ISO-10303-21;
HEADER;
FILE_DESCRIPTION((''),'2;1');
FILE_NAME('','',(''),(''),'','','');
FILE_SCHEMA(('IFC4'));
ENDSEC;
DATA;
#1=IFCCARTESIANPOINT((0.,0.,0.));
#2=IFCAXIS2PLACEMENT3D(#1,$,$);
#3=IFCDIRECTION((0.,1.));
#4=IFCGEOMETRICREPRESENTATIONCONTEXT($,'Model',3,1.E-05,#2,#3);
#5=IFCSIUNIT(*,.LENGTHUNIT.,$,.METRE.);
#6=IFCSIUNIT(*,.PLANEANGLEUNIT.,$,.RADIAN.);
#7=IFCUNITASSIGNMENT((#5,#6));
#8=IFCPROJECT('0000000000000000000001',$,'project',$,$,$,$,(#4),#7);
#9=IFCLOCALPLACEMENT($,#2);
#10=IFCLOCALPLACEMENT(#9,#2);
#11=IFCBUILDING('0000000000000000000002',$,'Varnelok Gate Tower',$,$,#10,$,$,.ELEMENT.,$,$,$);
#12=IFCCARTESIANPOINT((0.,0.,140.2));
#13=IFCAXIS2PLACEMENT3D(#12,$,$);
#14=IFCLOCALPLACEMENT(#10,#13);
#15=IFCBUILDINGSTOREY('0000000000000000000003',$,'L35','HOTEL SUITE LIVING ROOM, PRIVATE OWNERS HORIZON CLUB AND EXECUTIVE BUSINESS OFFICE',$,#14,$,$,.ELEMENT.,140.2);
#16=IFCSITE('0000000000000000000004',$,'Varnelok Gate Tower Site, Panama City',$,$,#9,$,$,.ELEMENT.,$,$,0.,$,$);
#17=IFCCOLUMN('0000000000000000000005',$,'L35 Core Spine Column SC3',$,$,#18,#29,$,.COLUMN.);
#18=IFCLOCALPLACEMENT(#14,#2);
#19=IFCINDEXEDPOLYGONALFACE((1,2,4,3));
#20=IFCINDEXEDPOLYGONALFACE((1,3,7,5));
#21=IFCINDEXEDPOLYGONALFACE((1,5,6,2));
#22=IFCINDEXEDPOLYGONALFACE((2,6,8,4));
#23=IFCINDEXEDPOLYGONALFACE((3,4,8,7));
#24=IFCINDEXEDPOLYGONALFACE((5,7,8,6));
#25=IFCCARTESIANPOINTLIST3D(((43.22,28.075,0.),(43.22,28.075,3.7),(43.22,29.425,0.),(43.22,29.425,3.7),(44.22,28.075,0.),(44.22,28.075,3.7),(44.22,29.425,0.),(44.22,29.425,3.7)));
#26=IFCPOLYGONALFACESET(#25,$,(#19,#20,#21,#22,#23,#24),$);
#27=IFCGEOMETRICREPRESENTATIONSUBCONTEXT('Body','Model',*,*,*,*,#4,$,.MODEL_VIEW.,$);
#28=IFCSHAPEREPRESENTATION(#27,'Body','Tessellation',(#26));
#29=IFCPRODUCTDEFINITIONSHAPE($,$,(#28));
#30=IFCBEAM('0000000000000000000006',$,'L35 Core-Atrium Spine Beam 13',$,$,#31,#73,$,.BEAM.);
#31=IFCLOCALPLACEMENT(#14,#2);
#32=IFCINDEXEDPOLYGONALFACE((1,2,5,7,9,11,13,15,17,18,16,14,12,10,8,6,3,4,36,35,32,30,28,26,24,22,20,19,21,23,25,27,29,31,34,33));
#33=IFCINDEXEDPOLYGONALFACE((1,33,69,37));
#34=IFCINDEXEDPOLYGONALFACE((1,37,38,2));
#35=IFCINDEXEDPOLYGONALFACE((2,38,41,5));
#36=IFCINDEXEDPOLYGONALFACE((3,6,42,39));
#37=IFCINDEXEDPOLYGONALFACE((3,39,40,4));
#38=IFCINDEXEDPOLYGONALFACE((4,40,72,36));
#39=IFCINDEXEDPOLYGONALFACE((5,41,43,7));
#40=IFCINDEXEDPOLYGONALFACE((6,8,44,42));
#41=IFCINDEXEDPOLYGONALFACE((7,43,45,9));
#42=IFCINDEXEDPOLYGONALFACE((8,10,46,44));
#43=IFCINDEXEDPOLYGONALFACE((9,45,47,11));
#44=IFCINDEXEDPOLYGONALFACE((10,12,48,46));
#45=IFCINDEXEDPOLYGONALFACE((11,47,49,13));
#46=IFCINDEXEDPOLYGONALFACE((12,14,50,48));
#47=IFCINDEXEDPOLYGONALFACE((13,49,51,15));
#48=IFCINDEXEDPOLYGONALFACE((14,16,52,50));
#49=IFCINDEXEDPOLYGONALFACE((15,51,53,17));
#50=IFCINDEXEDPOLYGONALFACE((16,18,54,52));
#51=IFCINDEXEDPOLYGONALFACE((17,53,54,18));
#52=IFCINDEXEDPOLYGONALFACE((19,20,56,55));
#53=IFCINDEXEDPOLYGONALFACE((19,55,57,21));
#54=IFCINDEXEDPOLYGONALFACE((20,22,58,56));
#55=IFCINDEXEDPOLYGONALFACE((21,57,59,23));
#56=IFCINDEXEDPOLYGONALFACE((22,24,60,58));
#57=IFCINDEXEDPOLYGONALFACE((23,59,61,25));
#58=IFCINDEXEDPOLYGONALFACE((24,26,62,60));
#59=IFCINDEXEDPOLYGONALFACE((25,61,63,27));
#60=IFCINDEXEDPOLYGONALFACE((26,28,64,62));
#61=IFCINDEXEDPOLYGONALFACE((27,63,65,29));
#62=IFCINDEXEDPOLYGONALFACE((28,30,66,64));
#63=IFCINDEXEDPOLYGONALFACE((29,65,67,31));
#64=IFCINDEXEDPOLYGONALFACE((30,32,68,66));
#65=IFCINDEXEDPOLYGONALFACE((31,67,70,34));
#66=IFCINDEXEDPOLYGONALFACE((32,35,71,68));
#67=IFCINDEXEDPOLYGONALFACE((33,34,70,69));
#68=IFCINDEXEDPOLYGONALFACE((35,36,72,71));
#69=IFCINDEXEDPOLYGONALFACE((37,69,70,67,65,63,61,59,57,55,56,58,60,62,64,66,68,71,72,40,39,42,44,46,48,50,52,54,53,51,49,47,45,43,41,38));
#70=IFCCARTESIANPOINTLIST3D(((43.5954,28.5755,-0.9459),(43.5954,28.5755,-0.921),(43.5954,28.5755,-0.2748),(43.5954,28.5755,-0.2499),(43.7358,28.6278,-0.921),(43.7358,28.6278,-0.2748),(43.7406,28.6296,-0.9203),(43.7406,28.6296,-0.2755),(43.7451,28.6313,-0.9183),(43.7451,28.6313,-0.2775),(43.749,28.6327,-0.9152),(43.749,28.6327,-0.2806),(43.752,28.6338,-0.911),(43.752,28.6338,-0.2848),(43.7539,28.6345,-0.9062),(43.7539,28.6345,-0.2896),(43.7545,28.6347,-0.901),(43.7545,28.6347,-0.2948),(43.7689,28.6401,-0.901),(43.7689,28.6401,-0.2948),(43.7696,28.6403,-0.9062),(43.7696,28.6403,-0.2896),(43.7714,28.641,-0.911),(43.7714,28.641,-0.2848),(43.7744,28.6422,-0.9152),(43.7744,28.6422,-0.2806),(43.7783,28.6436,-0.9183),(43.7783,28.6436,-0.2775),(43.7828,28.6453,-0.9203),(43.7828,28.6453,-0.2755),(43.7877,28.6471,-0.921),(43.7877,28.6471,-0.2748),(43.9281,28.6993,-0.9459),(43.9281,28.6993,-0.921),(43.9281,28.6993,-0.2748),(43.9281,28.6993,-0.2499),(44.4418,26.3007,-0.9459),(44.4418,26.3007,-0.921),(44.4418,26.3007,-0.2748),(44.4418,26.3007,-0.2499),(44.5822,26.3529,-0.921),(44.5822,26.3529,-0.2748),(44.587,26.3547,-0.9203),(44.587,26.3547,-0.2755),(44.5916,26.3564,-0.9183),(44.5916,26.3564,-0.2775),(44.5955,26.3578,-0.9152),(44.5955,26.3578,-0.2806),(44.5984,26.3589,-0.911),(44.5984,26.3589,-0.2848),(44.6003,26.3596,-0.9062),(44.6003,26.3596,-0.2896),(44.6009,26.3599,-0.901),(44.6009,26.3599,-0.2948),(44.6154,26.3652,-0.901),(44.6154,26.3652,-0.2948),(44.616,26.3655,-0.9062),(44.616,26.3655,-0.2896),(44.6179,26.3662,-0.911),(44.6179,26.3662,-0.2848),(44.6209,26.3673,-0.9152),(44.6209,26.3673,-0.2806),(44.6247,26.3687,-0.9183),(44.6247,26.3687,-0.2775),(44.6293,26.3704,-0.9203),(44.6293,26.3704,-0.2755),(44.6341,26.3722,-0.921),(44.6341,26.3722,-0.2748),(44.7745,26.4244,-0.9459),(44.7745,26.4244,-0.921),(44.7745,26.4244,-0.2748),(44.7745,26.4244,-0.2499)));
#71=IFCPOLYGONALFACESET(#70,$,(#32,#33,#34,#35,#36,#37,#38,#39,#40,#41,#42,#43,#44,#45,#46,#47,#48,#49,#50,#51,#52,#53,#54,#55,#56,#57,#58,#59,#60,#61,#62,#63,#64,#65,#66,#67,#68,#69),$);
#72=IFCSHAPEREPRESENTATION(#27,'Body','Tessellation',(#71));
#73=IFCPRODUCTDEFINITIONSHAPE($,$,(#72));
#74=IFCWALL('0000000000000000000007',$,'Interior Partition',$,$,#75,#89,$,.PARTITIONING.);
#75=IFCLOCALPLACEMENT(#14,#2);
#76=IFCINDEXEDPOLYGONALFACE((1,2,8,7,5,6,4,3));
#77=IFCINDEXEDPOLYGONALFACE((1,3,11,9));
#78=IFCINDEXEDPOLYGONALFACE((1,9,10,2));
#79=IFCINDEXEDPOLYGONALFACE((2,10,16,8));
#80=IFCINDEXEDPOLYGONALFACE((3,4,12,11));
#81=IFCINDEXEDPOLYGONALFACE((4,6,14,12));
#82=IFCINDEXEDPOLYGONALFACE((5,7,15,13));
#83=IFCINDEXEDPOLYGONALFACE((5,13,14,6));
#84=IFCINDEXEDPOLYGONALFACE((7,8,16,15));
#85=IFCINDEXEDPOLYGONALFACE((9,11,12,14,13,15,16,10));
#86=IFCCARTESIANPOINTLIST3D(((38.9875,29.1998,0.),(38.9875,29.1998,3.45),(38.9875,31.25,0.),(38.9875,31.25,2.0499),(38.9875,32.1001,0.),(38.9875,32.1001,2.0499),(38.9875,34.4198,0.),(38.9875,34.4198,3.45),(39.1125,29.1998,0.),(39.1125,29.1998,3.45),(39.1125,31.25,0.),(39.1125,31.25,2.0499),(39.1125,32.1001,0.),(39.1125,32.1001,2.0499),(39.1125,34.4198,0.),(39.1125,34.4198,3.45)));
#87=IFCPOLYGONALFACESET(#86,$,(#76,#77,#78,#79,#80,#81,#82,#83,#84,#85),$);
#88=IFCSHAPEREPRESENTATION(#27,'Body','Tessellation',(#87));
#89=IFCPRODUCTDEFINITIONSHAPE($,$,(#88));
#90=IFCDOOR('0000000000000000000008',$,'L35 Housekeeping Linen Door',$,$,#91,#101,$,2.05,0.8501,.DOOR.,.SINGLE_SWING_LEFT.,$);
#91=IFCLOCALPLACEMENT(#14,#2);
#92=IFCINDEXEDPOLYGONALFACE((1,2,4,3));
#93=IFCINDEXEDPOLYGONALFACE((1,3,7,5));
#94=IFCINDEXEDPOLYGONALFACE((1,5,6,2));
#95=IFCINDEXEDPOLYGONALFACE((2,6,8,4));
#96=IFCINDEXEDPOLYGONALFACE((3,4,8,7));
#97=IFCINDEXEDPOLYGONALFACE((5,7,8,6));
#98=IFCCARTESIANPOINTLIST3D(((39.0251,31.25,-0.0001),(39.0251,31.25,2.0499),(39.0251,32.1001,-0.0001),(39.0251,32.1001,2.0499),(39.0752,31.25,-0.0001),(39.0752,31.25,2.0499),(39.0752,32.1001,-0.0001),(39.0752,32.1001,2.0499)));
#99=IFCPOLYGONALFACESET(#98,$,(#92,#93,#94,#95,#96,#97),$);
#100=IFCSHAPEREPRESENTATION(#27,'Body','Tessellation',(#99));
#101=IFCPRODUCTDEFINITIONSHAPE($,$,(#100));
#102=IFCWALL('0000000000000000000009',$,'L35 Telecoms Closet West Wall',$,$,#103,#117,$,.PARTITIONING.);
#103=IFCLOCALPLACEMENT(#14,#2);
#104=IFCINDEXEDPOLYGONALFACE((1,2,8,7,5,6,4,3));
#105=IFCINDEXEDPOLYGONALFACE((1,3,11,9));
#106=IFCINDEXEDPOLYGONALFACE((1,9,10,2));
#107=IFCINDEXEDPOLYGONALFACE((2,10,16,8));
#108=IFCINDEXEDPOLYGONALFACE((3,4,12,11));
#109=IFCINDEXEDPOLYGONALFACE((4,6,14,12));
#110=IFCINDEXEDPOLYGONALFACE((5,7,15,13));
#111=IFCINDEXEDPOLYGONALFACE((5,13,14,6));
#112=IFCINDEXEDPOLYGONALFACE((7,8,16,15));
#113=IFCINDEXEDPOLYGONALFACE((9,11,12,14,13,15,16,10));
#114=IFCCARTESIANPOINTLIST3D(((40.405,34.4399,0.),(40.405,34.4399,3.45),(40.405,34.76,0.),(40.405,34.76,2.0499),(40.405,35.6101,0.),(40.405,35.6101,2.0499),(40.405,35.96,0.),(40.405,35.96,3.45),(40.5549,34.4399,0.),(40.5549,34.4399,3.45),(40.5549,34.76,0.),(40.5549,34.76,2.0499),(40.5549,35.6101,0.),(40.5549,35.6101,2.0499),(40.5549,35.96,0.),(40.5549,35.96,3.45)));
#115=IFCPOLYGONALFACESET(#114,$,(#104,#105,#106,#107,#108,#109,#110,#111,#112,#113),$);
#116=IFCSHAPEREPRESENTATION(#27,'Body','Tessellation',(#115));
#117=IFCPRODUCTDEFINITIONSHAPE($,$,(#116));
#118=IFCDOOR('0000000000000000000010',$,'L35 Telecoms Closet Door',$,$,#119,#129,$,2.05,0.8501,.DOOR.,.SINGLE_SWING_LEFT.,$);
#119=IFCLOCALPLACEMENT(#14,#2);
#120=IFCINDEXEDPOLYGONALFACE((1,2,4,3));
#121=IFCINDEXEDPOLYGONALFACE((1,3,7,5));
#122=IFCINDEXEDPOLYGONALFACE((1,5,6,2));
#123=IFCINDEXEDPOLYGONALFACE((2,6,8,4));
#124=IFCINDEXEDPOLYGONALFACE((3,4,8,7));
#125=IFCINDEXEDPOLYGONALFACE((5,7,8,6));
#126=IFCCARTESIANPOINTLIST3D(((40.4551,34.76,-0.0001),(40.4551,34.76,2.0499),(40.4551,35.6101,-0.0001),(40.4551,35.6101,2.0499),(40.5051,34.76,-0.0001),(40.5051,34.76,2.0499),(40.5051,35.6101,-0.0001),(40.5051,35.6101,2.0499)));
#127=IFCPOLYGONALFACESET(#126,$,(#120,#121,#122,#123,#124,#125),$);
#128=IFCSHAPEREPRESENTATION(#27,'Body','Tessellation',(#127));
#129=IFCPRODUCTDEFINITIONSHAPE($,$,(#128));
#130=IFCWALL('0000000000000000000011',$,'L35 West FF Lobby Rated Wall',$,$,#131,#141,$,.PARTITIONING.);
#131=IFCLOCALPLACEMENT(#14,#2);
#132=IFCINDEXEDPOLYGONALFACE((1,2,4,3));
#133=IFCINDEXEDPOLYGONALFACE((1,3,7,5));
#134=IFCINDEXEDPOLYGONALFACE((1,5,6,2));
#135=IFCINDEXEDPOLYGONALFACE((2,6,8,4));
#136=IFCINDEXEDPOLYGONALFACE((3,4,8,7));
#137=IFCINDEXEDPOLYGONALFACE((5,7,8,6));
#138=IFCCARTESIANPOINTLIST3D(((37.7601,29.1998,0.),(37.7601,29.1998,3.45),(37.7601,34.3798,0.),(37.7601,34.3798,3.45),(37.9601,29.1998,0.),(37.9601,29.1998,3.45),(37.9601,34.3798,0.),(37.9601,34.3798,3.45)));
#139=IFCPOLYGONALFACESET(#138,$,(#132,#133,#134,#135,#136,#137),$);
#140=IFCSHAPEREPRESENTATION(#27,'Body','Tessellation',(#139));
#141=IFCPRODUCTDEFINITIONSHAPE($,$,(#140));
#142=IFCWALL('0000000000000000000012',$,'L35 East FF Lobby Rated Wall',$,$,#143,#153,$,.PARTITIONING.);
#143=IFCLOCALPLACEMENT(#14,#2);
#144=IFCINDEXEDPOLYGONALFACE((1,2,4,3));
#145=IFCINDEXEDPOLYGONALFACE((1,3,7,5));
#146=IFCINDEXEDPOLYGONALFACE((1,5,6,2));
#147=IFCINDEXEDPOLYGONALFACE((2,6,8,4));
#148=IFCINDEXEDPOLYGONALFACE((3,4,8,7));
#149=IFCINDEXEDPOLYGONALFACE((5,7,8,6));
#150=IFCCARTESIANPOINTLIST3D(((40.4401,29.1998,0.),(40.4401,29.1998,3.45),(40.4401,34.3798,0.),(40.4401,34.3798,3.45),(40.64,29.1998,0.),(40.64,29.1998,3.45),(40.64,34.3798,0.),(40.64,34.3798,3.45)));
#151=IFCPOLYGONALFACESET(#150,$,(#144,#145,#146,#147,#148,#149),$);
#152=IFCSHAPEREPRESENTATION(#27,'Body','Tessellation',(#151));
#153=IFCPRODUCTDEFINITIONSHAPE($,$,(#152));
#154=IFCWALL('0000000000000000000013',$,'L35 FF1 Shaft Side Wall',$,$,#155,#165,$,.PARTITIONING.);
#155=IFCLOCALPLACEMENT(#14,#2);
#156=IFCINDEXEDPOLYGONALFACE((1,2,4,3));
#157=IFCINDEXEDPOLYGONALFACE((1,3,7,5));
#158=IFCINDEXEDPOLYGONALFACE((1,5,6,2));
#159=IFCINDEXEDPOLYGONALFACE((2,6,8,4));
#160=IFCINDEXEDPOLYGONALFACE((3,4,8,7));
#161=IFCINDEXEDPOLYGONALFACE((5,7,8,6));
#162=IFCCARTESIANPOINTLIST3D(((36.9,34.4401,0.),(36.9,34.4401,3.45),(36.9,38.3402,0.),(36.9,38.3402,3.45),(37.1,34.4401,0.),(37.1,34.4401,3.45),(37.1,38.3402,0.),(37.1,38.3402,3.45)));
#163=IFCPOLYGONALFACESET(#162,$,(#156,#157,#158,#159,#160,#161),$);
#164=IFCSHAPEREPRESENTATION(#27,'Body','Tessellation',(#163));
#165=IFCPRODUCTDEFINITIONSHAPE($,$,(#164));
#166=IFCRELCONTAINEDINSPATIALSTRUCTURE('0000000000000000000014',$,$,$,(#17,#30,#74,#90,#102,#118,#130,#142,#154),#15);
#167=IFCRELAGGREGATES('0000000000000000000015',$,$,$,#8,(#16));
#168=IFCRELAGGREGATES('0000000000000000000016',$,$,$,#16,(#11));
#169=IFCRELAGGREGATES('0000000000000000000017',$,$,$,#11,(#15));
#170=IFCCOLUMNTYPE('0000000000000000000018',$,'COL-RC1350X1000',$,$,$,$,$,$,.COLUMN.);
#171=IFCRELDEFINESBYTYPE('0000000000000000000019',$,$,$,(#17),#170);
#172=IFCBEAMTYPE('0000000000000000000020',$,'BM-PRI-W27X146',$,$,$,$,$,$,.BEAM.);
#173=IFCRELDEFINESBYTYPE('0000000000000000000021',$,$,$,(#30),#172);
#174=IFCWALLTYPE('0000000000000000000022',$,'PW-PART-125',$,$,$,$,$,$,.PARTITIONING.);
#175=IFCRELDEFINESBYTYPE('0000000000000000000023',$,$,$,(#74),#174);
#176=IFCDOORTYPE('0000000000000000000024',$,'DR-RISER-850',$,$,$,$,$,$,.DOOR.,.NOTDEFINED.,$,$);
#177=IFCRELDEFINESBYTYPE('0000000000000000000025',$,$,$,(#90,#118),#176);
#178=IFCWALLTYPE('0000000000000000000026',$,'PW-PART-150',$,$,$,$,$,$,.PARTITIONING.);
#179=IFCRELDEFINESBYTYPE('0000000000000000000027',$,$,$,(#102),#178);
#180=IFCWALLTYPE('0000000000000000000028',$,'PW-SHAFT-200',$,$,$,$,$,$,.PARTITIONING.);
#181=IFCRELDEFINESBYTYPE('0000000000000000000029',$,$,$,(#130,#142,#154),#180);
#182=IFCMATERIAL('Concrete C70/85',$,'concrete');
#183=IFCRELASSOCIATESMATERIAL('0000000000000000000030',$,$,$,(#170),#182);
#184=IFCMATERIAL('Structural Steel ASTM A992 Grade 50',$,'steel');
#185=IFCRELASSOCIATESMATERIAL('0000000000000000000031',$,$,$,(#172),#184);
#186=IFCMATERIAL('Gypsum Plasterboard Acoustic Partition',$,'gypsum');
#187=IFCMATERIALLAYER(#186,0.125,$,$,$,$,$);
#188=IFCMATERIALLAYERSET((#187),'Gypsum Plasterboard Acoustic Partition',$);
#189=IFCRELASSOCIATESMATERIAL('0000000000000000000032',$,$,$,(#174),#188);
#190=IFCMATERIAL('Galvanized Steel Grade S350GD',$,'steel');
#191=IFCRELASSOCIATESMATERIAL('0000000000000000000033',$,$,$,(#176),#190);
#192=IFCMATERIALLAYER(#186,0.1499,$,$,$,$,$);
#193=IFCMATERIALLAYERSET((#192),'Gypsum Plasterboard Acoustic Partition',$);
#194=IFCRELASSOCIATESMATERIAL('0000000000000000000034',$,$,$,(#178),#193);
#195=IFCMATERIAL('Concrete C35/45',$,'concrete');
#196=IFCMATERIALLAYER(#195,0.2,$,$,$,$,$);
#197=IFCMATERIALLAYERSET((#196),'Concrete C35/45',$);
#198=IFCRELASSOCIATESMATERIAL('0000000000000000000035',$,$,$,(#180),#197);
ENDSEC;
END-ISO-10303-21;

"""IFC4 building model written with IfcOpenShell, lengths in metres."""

from ifc_helpers import new_model, si_unit, direction, frame, frame_2d, origin, origin_2d, place, context, subcontext, project, spatial, rectangle, i_section, extrude, material, layer, layer_set, material_profile, profile_set, type_object, element, fill, save


model = new_model("IFC4")

# Units and contexts
model_context = context("Model", 3, precision=1e-05, world=origin(), true_north=direction((0.0, 1.0)))
body_context = subcontext(model_context, "Body", "Model", "MODEL_VIEW")
ifc_project = project(units=[si_unit("LENGTHUNIT", "METRE"), si_unit("PLANEANGLEUNIT", "RADIAN")], contexts=[model_context])

# Site, building, storey
site_placement = place(None, origin())
site = spatial("IfcSite", under=ifc_project, at=site_placement, Name="Varnelok Gate Tower Site, Panama City", CompositionType="ELEMENT", RefElevation=0.0)
building_placement = place(site_placement, origin())
building = spatial("IfcBuilding", under=site, at=building_placement, Name="Varnelok Gate Tower", CompositionType="ELEMENT")
storey_placement = place(building_placement, frame((0.0, 0.0, 140.2)))
storey = spatial("IfcBuildingStorey", under=building, at=storey_placement, Name="L35", Description="HOTEL SUITE LIVING ROOM, PRIVATE OWNERS HORIZON CLUB AND EXECUTIVE BUSINESS OFFICE", CompositionType="ELEMENT", Elevation=140.2)

# Column
ifc_material_1 = material(Name="Concrete C70/85", Category="concrete")
ifc_material_profile_1 = material_profile(ifc_material_1, rectangle(XDim=1.0, YDim=1.3501, at=origin_2d()), Name="RC1350X1000")
ifc_profile_set_1 = profile_set([ifc_material_profile_1], Name="Concrete C70/85")
column_type = type_object("IfcColumnType", Name="COL-RC1350X1000", PredefinedType="COLUMN", material=ifc_profile_set_1)
column_placement = place(storey_placement, frame((43.72, 28.75, 0.0), z_axis=(0.0, 0.0, 1.0), x_axis=(1.0, 0.0, 0.0)))
element("IfcColumn", 1, at=column_placement, inside=storey, type_object=column_type, Name="L35 Core Spine Column SC3", PredefinedType="COLUMN", context=body_context, shape_type="SweptSolid", body=[
    extrude(rectangle(XDim=1.0, YDim=1.3501, at=origin_2d()), origin(), (0.0, 0.0, 1.0), 3.7),
])

# Beam
ifc_material_2 = material(Name="Structural Steel ASTM A992 Grade 50", Category="steel")
ifc_material_profile_2 = material_profile(ifc_material_2, i_section(OverallWidth=0.355, OverallDepth=0.696, WebThickness=0.0154, FlangeThickness=0.0249, FilletRadius=0.02, at=origin_2d()), Name="W27X146")
ifc_profile_set_2 = profile_set([ifc_material_profile_2], Name="Structural Steel ASTM A992 Grade 50")
beam_type = type_object("IfcBeamType", Name="BM-PRI-W27X146", PredefinedType="BEAM", material=ifc_profile_set_2)
beam_placement = place(storey_placement, frame((44.6082, 26.3625, -0.5979), z_axis=(-0.348719, 0.937227, 0.0), x_axis=(-0.937227, -0.348719, 0.0)))
element("IfcBeam", 2, at=beam_placement, inside=storey, type_object=beam_type, Name="L35 Core-Atrium Spine Beam 13", PredefinedType="BEAM", context=body_context, shape_type="SweptSolid", body=[
    extrude(i_section(OverallWidth=0.355, OverallDepth=0.696, WebThickness=0.0154, FlangeThickness=0.0249, FilletRadius=0.02, at=origin_2d()), origin(), (0.0, 0.0, 1.0), 2.4272),
])

# Walls, openings, doors
ifc_material_3 = material(Name="Gypsum Plasterboard Acoustic Partition", Category="gypsum")
ifc_layer_1 = layer(ifc_material_3, 0.125)
ifc_layer_set_1 = layer_set([ifc_layer_1], Name="Gypsum Plasterboard Acoustic Partition")
wall_type_1 = type_object("IfcWallType", Name="PW-PART-125", PredefinedType="PARTITIONING", material=ifc_layer_set_1)
wall_1_placement = place(storey_placement, frame((39.05, 29.2, 0.0), z_axis=(0.0, 0.0, 1.0), x_axis=(0.0, 1.0, 0.0)))
wall_1 = element("IfcWall", 3, at=wall_1_placement, inside=storey, type_object=wall_type_1, Name="Interior Partition", PredefinedType="PARTITIONING", context=body_context, shape_type="SweptSolid", body=[
    extrude(rectangle(XDim=5.22, YDim=0.125, at=frame_2d((2.6099, 0.0))), origin(), (0.0, 0.0, 1.0), 3.45),
])
opening_1_placement = place(wall_1_placement, frame((2.05, 0.0, 0.0)))
opening_1 = element("IfcOpeningElement", 4, at=opening_1_placement, cuts=wall_1, PredefinedType="OPENING", context=body_context, shape_type="SweptSolid", body=[
    extrude(rectangle(XDim=0.8501, YDim=2.05, at=frame_2d((0.425, 1.0249))), frame((0.0, 0.0725, 0.0), z_axis=(0.0, -1.0, 0.0), x_axis=(1.0, 0.0, 0.0)), (0.0, 0.0, 1.0), 0.145),
])
ifc_material_4 = material(Name="Galvanized Steel Grade S350GD", Category="steel")
door_type_1 = type_object("IfcDoorType", Name="DR-RISER-850", OperationType="NOTDEFINED", PredefinedType="DOOR", material=ifc_material_4)
door_1_placement = place(opening_1_placement, origin())
door_1 = element("IfcDoor", 5, at=door_1_placement, inside=storey, type_object=door_type_1, Name="L35 Housekeeping Linen Door", OperationType="SINGLE_SWING_LEFT", OverallHeight=2.05, OverallWidth=0.8501, PredefinedType="DOOR", context=body_context, shape_type="SweptSolid", body=[
    extrude(rectangle(XDim=0.8501, YDim=2.05, at=frame_2d((0.425, 1.0249))), frame((0.0, 0.0249, 0.0), z_axis=(0.0, -1.0, 0.0), x_axis=(1.0, 0.0, 0.0)), (0.0, 0.0, 1.0), 0.05),
])
fill(opening_1, door_1)
ifc_layer_2 = layer(ifc_material_3, 0.1499)
ifc_layer_set_2 = layer_set([ifc_layer_2], Name="Gypsum Plasterboard Acoustic Partition")
wall_type_2 = type_object("IfcWallType", Name="PW-PART-150", PredefinedType="PARTITIONING", material=ifc_layer_set_2)
wall_2_placement = place(storey_placement, frame((40.48, 34.4399, 0.0), z_axis=(0.0, 0.0, 1.0), x_axis=(0.0, 1.0, 0.0)))
wall_2 = element("IfcWall", 6, at=wall_2_placement, inside=storey, type_object=wall_type_2, Name="L35 Telecoms Closet West Wall", PredefinedType="PARTITIONING", context=body_context, shape_type="SweptSolid", body=[
    extrude(rectangle(XDim=1.52, YDim=0.1499, at=frame_2d((0.76, 0.0))), origin(), (0.0, 0.0, 1.0), 3.45),
])
opening_2_placement = place(wall_2_placement, frame((0.3201, 0.0, 0.0)))
opening_2 = element("IfcOpeningElement", 7, at=opening_2_placement, cuts=wall_2, PredefinedType="OPENING", context=body_context, shape_type="SweptSolid", body=[
    extrude(rectangle(XDim=0.8501, YDim=2.05, at=frame_2d((0.425, 1.0249))), frame((0.0, 0.085, 0.0), z_axis=(0.0, -1.0, 0.0), x_axis=(1.0, 0.0, 0.0)), (0.0, 0.0, 1.0), 0.1699),
])
door_2_placement = place(opening_2_placement, origin())
door_2 = element("IfcDoor", 8, at=door_2_placement, inside=storey, type_object=door_type_1, Name="L35 Telecoms Closet Door", OperationType="SINGLE_SWING_LEFT", OverallHeight=2.05, OverallWidth=0.8501, PredefinedType="DOOR", context=body_context, shape_type="SweptSolid", body=[
    extrude(rectangle(XDim=0.8501, YDim=2.05, at=frame_2d((0.425, 1.0249))), frame((0.0, 0.0249, 0.0), z_axis=(0.0, -1.0, 0.0), x_axis=(1.0, 0.0, 0.0)), (0.0, 0.0, 1.0), 0.05),
])
fill(opening_2, door_2)

# Walls
ifc_material_5 = material(Name="Concrete C35/45", Category="concrete")
ifc_layer_3 = layer(ifc_material_5, 0.2)
ifc_layer_set_3 = layer_set([ifc_layer_3], Name="Concrete C35/45")
wall_type_3 = type_object("IfcWallType", Name="PW-SHAFT-200", PredefinedType="PARTITIONING", material=ifc_layer_set_3)
for number, where, z_axis, x_axis, name in (
    (9, (37.8601, 29.2, 0.0), (0.0, 0.0, 1.0), (0.0, 1.0, 0.0), "L35 West FF Lobby Rated Wall"),
    (10, (40.54, 29.2, 0.0), (0.0, 0.0, 1.0), (0.0, 1.0, 0.0), "L35 East FF Lobby Rated Wall"),
):
    element("IfcWall", number, at=place(storey_placement, frame(where, z_axis=z_axis, x_axis=x_axis)), inside=storey, type_object=wall_type_3, Name=name, PredefinedType="PARTITIONING", context=body_context, shape_type="SweptSolid", body=[
        extrude(rectangle(XDim=5.1799, YDim=0.2, at=frame_2d((2.5898, 0.0))), origin(), (0.0, 0.0, 1.0), 3.45),
    ])
wall_3_placement = place(storey_placement, frame((37.0, 34.4399, 0.0), z_axis=(0.0, 0.0, 1.0), x_axis=(0.0, 1.0, 0.0)))
element("IfcWall", 11, at=wall_3_placement, inside=storey, type_object=wall_type_3, Name="L35 FF1 Shaft Side Wall", PredefinedType="PARTITIONING", context=body_context, shape_type="SweptSolid", body=[
    extrude(rectangle(XDim=3.9001, YDim=0.2, at=frame_2d((1.9502, 0.0))), origin(), (0.0, 0.0, 1.0), 3.45),
])

save(model, "model.ifc")
